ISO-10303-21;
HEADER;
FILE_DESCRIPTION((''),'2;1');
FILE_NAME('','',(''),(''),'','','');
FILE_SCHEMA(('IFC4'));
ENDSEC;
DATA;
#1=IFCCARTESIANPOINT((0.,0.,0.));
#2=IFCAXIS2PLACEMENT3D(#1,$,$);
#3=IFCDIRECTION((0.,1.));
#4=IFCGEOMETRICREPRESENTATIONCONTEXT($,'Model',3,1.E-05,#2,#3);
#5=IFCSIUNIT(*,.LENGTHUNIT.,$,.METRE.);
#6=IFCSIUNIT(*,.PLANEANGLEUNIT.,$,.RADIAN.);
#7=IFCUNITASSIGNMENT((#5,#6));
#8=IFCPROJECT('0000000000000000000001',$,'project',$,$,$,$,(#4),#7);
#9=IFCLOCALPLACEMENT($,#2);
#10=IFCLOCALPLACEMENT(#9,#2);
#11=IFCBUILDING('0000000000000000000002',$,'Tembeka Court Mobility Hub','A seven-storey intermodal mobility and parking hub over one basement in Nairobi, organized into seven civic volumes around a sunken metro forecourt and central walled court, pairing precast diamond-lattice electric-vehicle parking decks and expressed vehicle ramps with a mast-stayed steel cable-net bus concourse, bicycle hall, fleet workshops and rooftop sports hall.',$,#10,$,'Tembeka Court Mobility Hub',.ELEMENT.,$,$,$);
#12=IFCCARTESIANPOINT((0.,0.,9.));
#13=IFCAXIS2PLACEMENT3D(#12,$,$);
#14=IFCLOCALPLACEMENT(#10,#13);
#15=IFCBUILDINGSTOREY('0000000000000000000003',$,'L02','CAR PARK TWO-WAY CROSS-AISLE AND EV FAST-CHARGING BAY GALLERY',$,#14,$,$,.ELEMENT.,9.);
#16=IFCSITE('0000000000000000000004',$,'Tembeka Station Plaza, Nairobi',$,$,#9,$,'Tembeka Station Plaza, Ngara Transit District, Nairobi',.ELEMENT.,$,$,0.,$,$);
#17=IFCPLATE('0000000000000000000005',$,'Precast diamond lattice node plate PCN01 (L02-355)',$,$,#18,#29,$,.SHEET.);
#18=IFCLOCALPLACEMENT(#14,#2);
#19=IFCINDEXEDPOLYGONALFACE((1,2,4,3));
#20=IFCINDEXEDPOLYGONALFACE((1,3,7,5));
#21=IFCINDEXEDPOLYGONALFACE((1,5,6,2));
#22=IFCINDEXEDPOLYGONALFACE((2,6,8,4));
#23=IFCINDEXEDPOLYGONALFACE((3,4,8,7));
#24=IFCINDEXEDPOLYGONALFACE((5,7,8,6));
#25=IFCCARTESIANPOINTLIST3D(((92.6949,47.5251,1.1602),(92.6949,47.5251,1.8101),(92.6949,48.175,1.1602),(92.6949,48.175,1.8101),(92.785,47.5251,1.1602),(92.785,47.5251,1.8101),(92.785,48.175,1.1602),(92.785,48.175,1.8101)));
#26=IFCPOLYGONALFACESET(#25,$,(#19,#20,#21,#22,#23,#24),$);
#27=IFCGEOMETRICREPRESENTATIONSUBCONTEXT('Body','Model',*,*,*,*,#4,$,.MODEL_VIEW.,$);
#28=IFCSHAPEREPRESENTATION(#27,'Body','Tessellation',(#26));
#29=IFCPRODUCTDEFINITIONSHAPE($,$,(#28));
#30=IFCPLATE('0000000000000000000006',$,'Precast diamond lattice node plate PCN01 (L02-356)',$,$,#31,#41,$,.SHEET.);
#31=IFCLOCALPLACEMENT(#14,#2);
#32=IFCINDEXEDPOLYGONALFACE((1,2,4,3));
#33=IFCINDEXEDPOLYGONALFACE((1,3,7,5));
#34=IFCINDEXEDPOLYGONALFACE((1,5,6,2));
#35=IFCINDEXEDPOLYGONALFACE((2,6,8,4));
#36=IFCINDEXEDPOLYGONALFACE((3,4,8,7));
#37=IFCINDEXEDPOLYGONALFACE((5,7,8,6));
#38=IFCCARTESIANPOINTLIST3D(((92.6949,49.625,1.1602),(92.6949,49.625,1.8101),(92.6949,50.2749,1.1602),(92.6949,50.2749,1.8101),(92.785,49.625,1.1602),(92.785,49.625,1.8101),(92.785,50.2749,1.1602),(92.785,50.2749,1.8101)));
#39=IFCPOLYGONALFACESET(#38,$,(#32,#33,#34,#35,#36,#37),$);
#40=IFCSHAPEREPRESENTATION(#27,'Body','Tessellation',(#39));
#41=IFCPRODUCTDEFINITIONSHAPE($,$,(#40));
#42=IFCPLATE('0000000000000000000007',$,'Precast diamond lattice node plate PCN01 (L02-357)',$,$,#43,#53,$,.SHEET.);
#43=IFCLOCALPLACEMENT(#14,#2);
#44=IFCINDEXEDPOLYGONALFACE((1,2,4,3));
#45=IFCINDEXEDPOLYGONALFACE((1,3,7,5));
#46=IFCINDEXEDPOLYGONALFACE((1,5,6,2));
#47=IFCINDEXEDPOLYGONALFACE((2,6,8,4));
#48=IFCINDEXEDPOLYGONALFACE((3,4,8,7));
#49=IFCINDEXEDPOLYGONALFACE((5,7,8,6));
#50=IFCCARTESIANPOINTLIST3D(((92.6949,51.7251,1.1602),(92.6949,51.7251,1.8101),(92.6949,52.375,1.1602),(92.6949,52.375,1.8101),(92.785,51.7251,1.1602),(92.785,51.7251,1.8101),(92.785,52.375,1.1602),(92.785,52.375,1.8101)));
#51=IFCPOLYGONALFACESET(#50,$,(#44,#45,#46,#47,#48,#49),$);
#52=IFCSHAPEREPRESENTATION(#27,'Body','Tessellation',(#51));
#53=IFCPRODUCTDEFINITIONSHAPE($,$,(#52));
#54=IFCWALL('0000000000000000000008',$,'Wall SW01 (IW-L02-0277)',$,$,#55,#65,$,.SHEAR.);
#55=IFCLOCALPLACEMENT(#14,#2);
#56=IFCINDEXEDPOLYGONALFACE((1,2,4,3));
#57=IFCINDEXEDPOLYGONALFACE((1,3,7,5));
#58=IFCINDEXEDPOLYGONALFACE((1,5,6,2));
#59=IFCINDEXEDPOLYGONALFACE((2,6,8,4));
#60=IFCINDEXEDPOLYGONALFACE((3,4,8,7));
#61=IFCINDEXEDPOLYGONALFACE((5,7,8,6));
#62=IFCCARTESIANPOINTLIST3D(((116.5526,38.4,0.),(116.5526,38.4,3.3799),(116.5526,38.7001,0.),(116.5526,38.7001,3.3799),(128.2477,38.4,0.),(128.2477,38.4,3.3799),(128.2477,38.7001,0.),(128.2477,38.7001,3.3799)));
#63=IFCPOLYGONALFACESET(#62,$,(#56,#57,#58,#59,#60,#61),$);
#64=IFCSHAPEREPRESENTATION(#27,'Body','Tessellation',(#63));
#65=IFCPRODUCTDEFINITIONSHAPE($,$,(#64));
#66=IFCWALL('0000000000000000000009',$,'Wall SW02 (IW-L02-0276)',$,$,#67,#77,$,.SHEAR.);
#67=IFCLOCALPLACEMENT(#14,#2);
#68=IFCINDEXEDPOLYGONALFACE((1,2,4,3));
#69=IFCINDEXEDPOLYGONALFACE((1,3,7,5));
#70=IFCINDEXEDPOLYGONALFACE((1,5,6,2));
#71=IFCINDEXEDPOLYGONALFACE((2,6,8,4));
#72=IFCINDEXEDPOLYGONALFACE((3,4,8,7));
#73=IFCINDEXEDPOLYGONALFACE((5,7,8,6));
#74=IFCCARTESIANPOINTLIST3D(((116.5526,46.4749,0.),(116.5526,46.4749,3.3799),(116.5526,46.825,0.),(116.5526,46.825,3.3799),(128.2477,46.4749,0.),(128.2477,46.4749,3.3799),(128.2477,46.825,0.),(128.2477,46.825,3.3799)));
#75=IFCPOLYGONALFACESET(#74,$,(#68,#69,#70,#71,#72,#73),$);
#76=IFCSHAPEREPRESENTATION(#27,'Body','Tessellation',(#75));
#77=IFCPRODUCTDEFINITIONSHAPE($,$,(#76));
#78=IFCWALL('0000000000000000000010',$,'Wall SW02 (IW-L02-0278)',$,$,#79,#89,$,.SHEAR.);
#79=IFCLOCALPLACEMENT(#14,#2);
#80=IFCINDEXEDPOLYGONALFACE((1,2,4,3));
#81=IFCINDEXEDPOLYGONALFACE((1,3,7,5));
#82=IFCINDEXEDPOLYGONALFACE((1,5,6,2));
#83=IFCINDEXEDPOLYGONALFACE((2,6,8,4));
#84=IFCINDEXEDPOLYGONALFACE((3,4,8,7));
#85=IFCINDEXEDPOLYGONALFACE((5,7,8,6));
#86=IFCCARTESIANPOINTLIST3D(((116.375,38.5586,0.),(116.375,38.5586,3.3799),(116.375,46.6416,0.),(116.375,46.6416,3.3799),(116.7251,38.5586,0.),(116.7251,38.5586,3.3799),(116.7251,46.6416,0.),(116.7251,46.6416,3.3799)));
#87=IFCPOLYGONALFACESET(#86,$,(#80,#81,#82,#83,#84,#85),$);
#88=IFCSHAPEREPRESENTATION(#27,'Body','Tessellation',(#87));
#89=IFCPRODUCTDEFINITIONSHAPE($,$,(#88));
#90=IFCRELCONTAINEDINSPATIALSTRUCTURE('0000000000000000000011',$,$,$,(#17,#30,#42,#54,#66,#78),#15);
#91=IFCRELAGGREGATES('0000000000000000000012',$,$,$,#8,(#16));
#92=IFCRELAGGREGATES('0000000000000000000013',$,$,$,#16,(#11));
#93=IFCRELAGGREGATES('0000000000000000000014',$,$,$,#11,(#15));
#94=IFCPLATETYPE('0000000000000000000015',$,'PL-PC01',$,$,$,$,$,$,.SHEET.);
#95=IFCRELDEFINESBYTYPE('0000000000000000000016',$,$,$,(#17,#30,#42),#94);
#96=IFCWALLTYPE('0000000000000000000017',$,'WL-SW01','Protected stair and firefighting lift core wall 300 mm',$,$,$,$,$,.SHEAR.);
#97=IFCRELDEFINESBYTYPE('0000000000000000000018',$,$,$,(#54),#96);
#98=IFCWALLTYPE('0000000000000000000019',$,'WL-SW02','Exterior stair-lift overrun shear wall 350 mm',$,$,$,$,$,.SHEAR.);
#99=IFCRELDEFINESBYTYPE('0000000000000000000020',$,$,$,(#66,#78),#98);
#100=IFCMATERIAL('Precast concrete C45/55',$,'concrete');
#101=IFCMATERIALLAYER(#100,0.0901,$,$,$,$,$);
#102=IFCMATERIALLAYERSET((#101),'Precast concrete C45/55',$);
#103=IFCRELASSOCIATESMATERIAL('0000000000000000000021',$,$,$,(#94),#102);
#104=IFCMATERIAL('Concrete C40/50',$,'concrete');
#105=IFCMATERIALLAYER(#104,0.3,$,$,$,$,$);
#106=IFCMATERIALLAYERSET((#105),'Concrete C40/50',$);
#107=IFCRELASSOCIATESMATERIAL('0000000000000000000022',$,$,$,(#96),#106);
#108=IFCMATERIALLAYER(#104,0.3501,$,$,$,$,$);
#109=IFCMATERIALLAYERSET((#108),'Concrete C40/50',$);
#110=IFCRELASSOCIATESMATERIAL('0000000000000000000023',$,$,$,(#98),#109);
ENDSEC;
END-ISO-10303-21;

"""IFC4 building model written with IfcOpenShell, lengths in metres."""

from ifc_helpers import new_model, si_unit, direction, frame, frame_2d, origin, origin_2d, place, context, subcontext, project, spatial, rectangle, extrude, material, layer, layer_set, type_object, element, save


model = new_model("IFC4")

# Units and contexts
model_context = context("Model", 3, precision=1e-05, world=origin(), true_north=direction((0.0, 1.0)))
body_context = subcontext(model_context, "Body", "Model", "MODEL_VIEW")
ifc_project = project(units=[si_unit("LENGTHUNIT", "METRE"), si_unit("PLANEANGLEUNIT", "RADIAN")], contexts=[model_context])

# Site, building, storey
site_placement = place(None, origin())
site = spatial("IfcSite", under=ifc_project, at=site_placement, Name="Tembeka Station Plaza, Nairobi", LongName="Tembeka Station Plaza, Ngara Transit District, Nairobi", CompositionType="ELEMENT", RefElevation=0.0)
building_placement = place(site_placement, origin())
building = spatial("IfcBuilding", under=site, at=building_placement, Name="Tembeka Court Mobility Hub", Description="A seven-storey intermodal mobility and parking hub over one basement in Nairobi, organized into seven civic volumes around a sunken metro forecourt and central walled court, pairing precast diamond-lattice electric-vehicle parking decks and expressed vehicle ramps with a mast-stayed steel cable-net bus concourse, bicycle hall, fleet workshops and rooftop sports hall.", LongName="Tembeka Court Mobility Hub", CompositionType="ELEMENT")
storey_placement = place(building_placement, frame((0.0, 0.0, 9.0)))
storey = spatial("IfcBuildingStorey", under=building, at=storey_placement, Name="L02", Description="CAR PARK TWO-WAY CROSS-AISLE AND EV FAST-CHARGING BAY GALLERY", CompositionType="ELEMENT", Elevation=9.0)

# Shared definitions
ifc_material_1 = material(Name="Precast concrete C45/55", Category="concrete")

# Plates
ifc_layer_1 = layer(ifc_material_1, 0.0901)
ifc_layer_set_1 = layer_set([ifc_layer_1], Name="Precast concrete C45/55")
plate_type = type_object("IfcPlateType", Name="PL-PC01", PredefinedType="SHEET", material=ifc_layer_set_1)
for number, where, z_axis, x_axis, name in (
    (1, (92.74, 47.8501, 1.1602), (0.0, 0.0, 1.0), (1.0, 0.0, 0.0), "Precast diamond lattice node plate PCN01 (L02-355)"),
    (2, (92.74, 49.95, 1.1602), (0.0, 0.0, 1.0), (1.0, 0.0, 0.0), "Precast diamond lattice node plate PCN01 (L02-356)"),
    (3, (92.74, 52.05, 1.1602), (0.0, 0.0, 1.0), (1.0, 0.0, 0.0), "Precast diamond lattice node plate PCN01 (L02-357)"),
):
    element("IfcPlate", number, at=place(storey_placement, frame(where, z_axis=z_axis, x_axis=x_axis)), inside=storey, type_object=plate_type, Name=name, PredefinedType="SHEET", context=body_context, shape_type="SweptSolid", body=[
        extrude(rectangle(XDim=0.0901, YDim=0.6499, at=origin_2d()), origin(), (0.0, 0.0, 1.0), 0.6499),
    ])

# Walls
ifc_material_2 = material(Name="Concrete C40/50", Category="concrete")
ifc_layer_2 = layer(ifc_material_2, 0.3)
ifc_layer_set_2 = layer_set([ifc_layer_2], Name="Concrete C40/50")
wall_type_1 = type_object("IfcWallType", Name="WL-SW01", Description="Protected stair and firefighting lift core wall 300 mm", PredefinedType="SHEAR", material=ifc_layer_set_2)
wall_1_placement = place(storey_placement, frame((116.5525, 38.55, 0.0), z_axis=(0.0, 0.0, 1.0), x_axis=(1.0, 0.0, 0.0)))
element("IfcWall", 4, at=wall_1_placement, inside=storey, type_object=wall_type_1, Name="Wall SW01 (IW-L02-0277)", PredefinedType="SHEAR", context=body_context, shape_type="SweptSolid", body=[
    extrude(rectangle(XDim=11.6951, YDim=0.3, at=frame_2d((5.8477, 0.0))), origin(), (0.0, 0.0, 1.0), 3.3799),
])
ifc_layer_3 = layer(ifc_material_2, 0.3501)
ifc_layer_set_3 = layer_set([ifc_layer_3], Name="Concrete C40/50")
wall_type_2 = type_object("IfcWallType", Name="WL-SW02", Description="Exterior stair-lift overrun shear wall 350 mm", PredefinedType="SHEAR", material=ifc_layer_set_3)
wall_2_placement = place(storey_placement, frame((116.5525, 46.6499, 0.0), z_axis=(0.0, 0.0, 1.0), x_axis=(1.0, 0.0, 0.0)))
element("IfcWall", 5, at=wall_2_placement, inside=storey, type_object=wall_type_2, Name="Wall SW02 (IW-L02-0276)", PredefinedType="SHEAR", context=body_context, shape_type="SweptSolid", body=[
    extrude(rectangle(XDim=11.6951, YDim=0.3501, at=frame_2d((5.8477, 0.0))), origin(), (0.0, 0.0, 1.0), 3.3799),
])
wall_3_placement = place(storey_placement, frame((116.55, 38.5586, 0.0), z_axis=(0.0, 0.0, 1.0), x_axis=(0.0, 1.0, 0.0)))
element("IfcWall", 6, at=wall_3_placement, inside=storey, type_object=wall_type_2, Name="Wall SW02 (IW-L02-0278)", PredefinedType="SHEAR", context=body_context, shape_type="SweptSolid", body=[
    extrude(rectangle(XDim=8.083, YDim=0.3501, at=frame_2d((4.0415, 0.0))), origin(), (0.0, 0.0, 1.0), 3.3799),
])

save(model, "model.ifc")
